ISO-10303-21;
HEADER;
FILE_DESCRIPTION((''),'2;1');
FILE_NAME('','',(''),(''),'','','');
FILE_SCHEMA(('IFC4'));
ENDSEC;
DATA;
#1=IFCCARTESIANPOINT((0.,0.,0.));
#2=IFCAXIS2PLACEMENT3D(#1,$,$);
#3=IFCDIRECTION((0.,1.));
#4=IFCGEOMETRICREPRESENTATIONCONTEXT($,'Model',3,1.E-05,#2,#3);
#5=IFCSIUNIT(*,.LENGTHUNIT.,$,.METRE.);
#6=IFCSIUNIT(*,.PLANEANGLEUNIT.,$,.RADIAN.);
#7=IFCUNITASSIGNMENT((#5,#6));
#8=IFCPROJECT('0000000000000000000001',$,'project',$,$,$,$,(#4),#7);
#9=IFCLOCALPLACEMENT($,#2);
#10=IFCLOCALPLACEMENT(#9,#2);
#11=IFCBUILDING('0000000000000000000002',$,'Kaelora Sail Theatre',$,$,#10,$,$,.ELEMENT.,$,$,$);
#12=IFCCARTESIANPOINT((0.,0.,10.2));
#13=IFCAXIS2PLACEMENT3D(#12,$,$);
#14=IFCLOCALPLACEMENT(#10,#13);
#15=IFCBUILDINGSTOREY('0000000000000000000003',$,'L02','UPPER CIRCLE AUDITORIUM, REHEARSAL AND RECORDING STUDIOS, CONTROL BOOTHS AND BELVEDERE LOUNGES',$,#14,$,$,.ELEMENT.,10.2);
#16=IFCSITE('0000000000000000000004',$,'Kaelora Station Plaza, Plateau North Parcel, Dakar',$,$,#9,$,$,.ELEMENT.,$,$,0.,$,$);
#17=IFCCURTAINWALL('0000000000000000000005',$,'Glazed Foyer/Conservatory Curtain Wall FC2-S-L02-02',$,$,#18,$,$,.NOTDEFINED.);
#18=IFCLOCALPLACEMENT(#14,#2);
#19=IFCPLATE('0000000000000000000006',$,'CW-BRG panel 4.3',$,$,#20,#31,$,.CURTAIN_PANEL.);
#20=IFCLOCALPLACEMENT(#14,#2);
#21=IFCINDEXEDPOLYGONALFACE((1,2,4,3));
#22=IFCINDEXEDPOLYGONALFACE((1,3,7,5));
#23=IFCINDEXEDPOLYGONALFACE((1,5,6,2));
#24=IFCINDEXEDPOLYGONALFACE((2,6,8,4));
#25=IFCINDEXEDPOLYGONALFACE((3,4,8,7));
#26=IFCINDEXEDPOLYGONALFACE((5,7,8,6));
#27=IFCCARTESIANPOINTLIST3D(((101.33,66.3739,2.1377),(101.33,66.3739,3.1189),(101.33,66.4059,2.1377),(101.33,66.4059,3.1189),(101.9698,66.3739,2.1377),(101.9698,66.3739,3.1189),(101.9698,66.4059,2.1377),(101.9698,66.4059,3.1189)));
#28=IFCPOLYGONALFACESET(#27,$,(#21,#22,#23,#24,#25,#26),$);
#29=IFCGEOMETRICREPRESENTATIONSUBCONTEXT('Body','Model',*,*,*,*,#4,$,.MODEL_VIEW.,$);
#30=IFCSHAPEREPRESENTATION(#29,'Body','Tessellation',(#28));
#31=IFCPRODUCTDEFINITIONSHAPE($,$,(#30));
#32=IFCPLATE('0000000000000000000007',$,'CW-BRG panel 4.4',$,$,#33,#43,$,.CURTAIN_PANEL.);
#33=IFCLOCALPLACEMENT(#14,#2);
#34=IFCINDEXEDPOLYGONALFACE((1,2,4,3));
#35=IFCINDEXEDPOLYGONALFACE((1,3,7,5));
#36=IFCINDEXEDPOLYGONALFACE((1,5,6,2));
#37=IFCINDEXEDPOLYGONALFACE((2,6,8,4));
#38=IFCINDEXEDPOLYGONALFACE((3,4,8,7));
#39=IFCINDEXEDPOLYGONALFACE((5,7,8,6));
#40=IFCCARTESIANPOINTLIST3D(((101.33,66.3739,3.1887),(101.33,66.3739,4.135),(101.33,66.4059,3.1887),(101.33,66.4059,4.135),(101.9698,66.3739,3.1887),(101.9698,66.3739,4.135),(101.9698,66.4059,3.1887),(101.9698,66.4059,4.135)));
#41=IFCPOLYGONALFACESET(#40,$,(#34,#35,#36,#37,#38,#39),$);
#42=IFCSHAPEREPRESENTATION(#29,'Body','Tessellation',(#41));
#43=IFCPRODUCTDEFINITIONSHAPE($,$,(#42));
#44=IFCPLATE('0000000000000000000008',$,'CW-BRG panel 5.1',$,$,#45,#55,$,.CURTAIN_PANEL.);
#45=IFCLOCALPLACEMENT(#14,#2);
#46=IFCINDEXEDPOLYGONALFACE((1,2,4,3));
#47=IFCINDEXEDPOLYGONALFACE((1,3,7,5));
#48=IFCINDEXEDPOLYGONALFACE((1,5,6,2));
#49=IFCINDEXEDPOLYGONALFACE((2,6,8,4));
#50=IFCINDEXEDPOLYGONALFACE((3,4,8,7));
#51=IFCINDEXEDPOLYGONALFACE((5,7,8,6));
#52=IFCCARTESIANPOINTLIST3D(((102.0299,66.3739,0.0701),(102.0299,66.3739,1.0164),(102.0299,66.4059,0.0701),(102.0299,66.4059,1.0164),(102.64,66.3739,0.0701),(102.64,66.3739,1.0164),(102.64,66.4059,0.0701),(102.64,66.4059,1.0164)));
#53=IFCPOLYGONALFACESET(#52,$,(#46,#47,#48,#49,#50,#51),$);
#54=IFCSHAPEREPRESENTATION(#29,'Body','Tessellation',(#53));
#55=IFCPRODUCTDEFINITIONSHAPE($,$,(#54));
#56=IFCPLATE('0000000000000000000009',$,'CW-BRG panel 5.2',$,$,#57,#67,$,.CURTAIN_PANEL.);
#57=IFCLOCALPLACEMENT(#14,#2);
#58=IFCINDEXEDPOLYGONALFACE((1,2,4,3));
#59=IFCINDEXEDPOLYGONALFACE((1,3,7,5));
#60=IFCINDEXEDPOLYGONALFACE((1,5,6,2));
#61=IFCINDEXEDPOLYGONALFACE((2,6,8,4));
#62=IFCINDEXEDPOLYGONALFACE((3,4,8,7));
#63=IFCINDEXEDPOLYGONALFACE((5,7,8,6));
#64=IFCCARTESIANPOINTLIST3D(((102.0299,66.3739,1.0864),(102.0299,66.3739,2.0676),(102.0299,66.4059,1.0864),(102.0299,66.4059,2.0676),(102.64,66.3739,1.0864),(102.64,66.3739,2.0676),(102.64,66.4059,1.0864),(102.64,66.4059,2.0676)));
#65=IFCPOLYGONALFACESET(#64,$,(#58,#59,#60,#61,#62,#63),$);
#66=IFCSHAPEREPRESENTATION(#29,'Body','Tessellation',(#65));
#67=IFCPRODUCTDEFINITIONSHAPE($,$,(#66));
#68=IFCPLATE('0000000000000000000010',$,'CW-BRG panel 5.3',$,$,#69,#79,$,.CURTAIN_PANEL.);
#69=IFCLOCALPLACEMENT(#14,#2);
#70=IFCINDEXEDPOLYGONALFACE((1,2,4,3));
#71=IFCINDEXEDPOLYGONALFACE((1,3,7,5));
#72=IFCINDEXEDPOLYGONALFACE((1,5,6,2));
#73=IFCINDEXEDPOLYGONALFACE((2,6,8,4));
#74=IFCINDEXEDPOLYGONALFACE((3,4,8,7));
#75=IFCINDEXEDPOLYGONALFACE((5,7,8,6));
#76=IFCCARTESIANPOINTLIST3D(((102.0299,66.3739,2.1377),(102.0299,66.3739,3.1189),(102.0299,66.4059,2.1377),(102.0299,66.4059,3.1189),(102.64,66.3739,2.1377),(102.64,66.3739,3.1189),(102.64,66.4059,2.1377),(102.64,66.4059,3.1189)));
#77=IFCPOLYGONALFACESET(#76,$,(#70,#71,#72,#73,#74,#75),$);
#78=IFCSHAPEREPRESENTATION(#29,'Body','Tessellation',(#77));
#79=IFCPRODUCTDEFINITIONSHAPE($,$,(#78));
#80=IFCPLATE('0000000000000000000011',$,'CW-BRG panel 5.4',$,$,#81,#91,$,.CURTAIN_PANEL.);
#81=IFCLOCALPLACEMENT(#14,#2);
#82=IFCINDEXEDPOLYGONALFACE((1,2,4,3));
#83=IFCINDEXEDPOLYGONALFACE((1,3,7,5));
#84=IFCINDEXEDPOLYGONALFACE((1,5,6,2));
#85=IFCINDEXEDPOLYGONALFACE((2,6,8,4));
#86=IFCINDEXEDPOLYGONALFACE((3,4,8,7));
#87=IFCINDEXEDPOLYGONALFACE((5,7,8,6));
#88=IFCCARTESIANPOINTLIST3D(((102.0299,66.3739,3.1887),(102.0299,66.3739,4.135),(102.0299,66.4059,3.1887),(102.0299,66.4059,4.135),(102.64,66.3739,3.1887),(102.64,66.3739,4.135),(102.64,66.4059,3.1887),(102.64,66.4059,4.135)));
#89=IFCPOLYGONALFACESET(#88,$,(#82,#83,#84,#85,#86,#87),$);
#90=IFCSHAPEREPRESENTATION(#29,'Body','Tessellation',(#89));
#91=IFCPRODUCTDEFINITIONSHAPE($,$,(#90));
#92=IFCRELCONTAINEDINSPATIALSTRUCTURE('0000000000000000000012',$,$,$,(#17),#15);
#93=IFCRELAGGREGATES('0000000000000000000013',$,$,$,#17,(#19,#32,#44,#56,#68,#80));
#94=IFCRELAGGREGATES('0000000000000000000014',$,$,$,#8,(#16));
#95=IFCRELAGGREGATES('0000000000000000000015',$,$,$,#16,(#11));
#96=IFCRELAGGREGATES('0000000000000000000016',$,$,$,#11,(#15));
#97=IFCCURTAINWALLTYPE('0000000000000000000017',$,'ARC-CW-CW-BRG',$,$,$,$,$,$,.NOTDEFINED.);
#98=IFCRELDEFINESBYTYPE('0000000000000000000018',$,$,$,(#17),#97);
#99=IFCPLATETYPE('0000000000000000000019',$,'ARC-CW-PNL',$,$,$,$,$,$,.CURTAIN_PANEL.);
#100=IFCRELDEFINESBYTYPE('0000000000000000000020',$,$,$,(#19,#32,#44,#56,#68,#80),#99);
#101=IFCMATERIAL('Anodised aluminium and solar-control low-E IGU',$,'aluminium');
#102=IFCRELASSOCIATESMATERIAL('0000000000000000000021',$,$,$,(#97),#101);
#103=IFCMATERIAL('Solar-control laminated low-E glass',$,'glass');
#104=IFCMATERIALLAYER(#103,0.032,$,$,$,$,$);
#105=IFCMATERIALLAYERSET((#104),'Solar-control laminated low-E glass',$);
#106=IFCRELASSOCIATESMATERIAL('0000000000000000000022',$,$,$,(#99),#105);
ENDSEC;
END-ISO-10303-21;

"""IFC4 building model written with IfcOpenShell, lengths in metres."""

from ifc_helpers import new_model, si_unit, direction, frame, origin, origin_2d, place, context, subcontext, project, spatial, rectangle, extrude, material, layer, layer_set, type_object, element, aggregate, save


model = new_model("IFC4")

# Units and contexts
model_context = context("Model", 3, precision=1e-05, world=origin(), true_north=direction((0.0, 1.0)))
body_context = subcontext(model_context, "Body", "Model", "MODEL_VIEW")
ifc_project = project(units=[si_unit("LENGTHUNIT", "METRE"), si_unit("PLANEANGLEUNIT", "RADIAN")], contexts=[model_context])

# Site, building, storey
site_placement = place(None, origin())
site = spatial("IfcSite", under=ifc_project, at=site_placement, Name="Kaelora Station Plaza, Plateau North Parcel, Dakar", CompositionType="ELEMENT", RefElevation=0.0)
building_placement = place(site_placement, origin())
building = spatial("IfcBuilding", under=site, at=building_placement, Name="Kaelora Sail Theatre", CompositionType="ELEMENT")
storey_placement = place(building_placement, frame((0.0, 0.0, 10.2)))
storey = spatial("IfcBuildingStorey", under=building, at=storey_placement, Name="L02", Description="UPPER CIRCLE AUDITORIUM, REHEARSAL AND RECORDING STUDIOS, CONTROL BOOTHS AND BELVEDERE LOUNGES", CompositionType="ELEMENT", Elevation=10.2)

# Curtain wall, plates
ifc_material_1 = material(Name="Anodised aluminium and solar-control low-E IGU", Category="aluminium")
curtain_wall_type = type_object("IfcCurtainWallType", Name="ARC-CW-CW-BRG", PredefinedType="NOTDEFINED", material=ifc_material_1)
curtain_wall_placement = place(storey_placement, origin())
curtain_wall = element("IfcCurtainWall", 1, at=curtain_wall_placement, inside=storey, type_object=curtain_wall_type, Name="Glazed Foyer/Conservatory Curtain Wall FC2-S-L02-02", PredefinedType="NOTDEFINED")
ifc_material_2 = material(Name="Solar-control laminated low-E glass", Category="glass")
ifc_layer = layer(ifc_material_2, 0.032)
ifc_layer_set = layer_set([ifc_layer], Name="Solar-control laminated low-E glass")
plate_type = type_object("IfcPlateType", Name="ARC-CW-PNL", PredefinedType="CURTAIN_PANEL", material=ifc_layer_set)
plate_1_placement = place(storey_placement, frame((101.6499, 66.3899, 2.1377), z_axis=(0.0, 0.0, 1.0), x_axis=(1.0, 0.0, 0.0)))
plate_1 = element("IfcPlate", 2, at=plate_1_placement, type_object=plate_type, Name="CW-BRG panel 4.3", PredefinedType="CURTAIN_PANEL", context=body_context, shape_type="SweptSolid", body=[
    extrude(rectangle(XDim=0.6399, YDim=0.032, at=origin_2d()), origin(), (0.0, 0.0, 1.0), 0.9812),
])
plate_2_placement = place(storey_placement, frame((101.6499, 66.3899, 3.1887), z_axis=(0.0, 0.0, 1.0), x_axis=(1.0, 0.0, 0.0)))
plate_2 = element("IfcPlate", 3, at=plate_2_placement, type_object=plate_type, Name="CW-BRG panel 4.4", PredefinedType="CURTAIN_PANEL", context=body_context, shape_type="SweptSolid", body=[
    extrude(rectangle(XDim=0.6399, YDim=0.032, at=origin_2d()), origin(), (0.0, 0.0, 1.0), 0.9463),
])
plate_3_placement = place(storey_placement, frame((102.335, 66.3899, 0.0701), z_axis=(0.0, 0.0, 1.0), x_axis=(1.0, 0.0, 0.0)))
plate_3 = element("IfcPlate", 4, at=plate_3_placement, type_object=plate_type, Name="CW-BRG panel 5.1", PredefinedType="CURTAIN_PANEL", context=body_context, shape_type="SweptSolid", body=[
    extrude(rectangle(XDim=0.6101, YDim=0.032, at=origin_2d()), origin(), (0.0, 0.0, 1.0), 0.9463),
])
plate_4_placement = place(storey_placement, frame((102.335, 66.3899, 1.0864), z_axis=(0.0, 0.0, 1.0), x_axis=(1.0, 0.0, 0.0)))
plate_4 = element("IfcPlate", 5, at=plate_4_placement, type_object=plate_type, Name="CW-BRG panel 5.2", PredefinedType="CURTAIN_PANEL", context=body_context, shape_type="SweptSolid", body=[
    extrude(rectangle(XDim=0.6101, YDim=0.032, at=origin_2d()), origin(), (0.0, 0.0, 1.0), 0.9812),
])
plate_5_placement = place(storey_placement, frame((102.335, 66.3899, 2.1377), z_axis=(0.0, 0.0, 1.0), x_axis=(1.0, 0.0, 0.0)))
plate_5 = element("IfcPlate", 6, at=plate_5_placement, type_object=plate_type, Name="CW-BRG panel 5.3", PredefinedType="CURTAIN_PANEL", context=body_context, shape_type="SweptSolid", body=[
    extrude(rectangle(XDim=0.6101, YDim=0.032, at=origin_2d()), origin(), (0.0, 0.0, 1.0), 0.9812),
])
plate_6_placement = place(storey_placement, frame((102.335, 66.3899, 3.1887), z_axis=(0.0, 0.0, 1.0), x_axis=(1.0, 0.0, 0.0)))
plate_6 = element("IfcPlate", 7, at=plate_6_placement, type_object=plate_type, Name="CW-BRG panel 5.4", PredefinedType="CURTAIN_PANEL", context=body_context, shape_type="SweptSolid", body=[
    extrude(rectangle(XDim=0.6101, YDim=0.032, at=origin_2d()), origin(), (0.0, 0.0, 1.0), 0.9463),
])
aggregate(curtain_wall, [plate_1, plate_2, plate_3, plate_4, plate_5, plate_6])

save(model, "model.ifc")
